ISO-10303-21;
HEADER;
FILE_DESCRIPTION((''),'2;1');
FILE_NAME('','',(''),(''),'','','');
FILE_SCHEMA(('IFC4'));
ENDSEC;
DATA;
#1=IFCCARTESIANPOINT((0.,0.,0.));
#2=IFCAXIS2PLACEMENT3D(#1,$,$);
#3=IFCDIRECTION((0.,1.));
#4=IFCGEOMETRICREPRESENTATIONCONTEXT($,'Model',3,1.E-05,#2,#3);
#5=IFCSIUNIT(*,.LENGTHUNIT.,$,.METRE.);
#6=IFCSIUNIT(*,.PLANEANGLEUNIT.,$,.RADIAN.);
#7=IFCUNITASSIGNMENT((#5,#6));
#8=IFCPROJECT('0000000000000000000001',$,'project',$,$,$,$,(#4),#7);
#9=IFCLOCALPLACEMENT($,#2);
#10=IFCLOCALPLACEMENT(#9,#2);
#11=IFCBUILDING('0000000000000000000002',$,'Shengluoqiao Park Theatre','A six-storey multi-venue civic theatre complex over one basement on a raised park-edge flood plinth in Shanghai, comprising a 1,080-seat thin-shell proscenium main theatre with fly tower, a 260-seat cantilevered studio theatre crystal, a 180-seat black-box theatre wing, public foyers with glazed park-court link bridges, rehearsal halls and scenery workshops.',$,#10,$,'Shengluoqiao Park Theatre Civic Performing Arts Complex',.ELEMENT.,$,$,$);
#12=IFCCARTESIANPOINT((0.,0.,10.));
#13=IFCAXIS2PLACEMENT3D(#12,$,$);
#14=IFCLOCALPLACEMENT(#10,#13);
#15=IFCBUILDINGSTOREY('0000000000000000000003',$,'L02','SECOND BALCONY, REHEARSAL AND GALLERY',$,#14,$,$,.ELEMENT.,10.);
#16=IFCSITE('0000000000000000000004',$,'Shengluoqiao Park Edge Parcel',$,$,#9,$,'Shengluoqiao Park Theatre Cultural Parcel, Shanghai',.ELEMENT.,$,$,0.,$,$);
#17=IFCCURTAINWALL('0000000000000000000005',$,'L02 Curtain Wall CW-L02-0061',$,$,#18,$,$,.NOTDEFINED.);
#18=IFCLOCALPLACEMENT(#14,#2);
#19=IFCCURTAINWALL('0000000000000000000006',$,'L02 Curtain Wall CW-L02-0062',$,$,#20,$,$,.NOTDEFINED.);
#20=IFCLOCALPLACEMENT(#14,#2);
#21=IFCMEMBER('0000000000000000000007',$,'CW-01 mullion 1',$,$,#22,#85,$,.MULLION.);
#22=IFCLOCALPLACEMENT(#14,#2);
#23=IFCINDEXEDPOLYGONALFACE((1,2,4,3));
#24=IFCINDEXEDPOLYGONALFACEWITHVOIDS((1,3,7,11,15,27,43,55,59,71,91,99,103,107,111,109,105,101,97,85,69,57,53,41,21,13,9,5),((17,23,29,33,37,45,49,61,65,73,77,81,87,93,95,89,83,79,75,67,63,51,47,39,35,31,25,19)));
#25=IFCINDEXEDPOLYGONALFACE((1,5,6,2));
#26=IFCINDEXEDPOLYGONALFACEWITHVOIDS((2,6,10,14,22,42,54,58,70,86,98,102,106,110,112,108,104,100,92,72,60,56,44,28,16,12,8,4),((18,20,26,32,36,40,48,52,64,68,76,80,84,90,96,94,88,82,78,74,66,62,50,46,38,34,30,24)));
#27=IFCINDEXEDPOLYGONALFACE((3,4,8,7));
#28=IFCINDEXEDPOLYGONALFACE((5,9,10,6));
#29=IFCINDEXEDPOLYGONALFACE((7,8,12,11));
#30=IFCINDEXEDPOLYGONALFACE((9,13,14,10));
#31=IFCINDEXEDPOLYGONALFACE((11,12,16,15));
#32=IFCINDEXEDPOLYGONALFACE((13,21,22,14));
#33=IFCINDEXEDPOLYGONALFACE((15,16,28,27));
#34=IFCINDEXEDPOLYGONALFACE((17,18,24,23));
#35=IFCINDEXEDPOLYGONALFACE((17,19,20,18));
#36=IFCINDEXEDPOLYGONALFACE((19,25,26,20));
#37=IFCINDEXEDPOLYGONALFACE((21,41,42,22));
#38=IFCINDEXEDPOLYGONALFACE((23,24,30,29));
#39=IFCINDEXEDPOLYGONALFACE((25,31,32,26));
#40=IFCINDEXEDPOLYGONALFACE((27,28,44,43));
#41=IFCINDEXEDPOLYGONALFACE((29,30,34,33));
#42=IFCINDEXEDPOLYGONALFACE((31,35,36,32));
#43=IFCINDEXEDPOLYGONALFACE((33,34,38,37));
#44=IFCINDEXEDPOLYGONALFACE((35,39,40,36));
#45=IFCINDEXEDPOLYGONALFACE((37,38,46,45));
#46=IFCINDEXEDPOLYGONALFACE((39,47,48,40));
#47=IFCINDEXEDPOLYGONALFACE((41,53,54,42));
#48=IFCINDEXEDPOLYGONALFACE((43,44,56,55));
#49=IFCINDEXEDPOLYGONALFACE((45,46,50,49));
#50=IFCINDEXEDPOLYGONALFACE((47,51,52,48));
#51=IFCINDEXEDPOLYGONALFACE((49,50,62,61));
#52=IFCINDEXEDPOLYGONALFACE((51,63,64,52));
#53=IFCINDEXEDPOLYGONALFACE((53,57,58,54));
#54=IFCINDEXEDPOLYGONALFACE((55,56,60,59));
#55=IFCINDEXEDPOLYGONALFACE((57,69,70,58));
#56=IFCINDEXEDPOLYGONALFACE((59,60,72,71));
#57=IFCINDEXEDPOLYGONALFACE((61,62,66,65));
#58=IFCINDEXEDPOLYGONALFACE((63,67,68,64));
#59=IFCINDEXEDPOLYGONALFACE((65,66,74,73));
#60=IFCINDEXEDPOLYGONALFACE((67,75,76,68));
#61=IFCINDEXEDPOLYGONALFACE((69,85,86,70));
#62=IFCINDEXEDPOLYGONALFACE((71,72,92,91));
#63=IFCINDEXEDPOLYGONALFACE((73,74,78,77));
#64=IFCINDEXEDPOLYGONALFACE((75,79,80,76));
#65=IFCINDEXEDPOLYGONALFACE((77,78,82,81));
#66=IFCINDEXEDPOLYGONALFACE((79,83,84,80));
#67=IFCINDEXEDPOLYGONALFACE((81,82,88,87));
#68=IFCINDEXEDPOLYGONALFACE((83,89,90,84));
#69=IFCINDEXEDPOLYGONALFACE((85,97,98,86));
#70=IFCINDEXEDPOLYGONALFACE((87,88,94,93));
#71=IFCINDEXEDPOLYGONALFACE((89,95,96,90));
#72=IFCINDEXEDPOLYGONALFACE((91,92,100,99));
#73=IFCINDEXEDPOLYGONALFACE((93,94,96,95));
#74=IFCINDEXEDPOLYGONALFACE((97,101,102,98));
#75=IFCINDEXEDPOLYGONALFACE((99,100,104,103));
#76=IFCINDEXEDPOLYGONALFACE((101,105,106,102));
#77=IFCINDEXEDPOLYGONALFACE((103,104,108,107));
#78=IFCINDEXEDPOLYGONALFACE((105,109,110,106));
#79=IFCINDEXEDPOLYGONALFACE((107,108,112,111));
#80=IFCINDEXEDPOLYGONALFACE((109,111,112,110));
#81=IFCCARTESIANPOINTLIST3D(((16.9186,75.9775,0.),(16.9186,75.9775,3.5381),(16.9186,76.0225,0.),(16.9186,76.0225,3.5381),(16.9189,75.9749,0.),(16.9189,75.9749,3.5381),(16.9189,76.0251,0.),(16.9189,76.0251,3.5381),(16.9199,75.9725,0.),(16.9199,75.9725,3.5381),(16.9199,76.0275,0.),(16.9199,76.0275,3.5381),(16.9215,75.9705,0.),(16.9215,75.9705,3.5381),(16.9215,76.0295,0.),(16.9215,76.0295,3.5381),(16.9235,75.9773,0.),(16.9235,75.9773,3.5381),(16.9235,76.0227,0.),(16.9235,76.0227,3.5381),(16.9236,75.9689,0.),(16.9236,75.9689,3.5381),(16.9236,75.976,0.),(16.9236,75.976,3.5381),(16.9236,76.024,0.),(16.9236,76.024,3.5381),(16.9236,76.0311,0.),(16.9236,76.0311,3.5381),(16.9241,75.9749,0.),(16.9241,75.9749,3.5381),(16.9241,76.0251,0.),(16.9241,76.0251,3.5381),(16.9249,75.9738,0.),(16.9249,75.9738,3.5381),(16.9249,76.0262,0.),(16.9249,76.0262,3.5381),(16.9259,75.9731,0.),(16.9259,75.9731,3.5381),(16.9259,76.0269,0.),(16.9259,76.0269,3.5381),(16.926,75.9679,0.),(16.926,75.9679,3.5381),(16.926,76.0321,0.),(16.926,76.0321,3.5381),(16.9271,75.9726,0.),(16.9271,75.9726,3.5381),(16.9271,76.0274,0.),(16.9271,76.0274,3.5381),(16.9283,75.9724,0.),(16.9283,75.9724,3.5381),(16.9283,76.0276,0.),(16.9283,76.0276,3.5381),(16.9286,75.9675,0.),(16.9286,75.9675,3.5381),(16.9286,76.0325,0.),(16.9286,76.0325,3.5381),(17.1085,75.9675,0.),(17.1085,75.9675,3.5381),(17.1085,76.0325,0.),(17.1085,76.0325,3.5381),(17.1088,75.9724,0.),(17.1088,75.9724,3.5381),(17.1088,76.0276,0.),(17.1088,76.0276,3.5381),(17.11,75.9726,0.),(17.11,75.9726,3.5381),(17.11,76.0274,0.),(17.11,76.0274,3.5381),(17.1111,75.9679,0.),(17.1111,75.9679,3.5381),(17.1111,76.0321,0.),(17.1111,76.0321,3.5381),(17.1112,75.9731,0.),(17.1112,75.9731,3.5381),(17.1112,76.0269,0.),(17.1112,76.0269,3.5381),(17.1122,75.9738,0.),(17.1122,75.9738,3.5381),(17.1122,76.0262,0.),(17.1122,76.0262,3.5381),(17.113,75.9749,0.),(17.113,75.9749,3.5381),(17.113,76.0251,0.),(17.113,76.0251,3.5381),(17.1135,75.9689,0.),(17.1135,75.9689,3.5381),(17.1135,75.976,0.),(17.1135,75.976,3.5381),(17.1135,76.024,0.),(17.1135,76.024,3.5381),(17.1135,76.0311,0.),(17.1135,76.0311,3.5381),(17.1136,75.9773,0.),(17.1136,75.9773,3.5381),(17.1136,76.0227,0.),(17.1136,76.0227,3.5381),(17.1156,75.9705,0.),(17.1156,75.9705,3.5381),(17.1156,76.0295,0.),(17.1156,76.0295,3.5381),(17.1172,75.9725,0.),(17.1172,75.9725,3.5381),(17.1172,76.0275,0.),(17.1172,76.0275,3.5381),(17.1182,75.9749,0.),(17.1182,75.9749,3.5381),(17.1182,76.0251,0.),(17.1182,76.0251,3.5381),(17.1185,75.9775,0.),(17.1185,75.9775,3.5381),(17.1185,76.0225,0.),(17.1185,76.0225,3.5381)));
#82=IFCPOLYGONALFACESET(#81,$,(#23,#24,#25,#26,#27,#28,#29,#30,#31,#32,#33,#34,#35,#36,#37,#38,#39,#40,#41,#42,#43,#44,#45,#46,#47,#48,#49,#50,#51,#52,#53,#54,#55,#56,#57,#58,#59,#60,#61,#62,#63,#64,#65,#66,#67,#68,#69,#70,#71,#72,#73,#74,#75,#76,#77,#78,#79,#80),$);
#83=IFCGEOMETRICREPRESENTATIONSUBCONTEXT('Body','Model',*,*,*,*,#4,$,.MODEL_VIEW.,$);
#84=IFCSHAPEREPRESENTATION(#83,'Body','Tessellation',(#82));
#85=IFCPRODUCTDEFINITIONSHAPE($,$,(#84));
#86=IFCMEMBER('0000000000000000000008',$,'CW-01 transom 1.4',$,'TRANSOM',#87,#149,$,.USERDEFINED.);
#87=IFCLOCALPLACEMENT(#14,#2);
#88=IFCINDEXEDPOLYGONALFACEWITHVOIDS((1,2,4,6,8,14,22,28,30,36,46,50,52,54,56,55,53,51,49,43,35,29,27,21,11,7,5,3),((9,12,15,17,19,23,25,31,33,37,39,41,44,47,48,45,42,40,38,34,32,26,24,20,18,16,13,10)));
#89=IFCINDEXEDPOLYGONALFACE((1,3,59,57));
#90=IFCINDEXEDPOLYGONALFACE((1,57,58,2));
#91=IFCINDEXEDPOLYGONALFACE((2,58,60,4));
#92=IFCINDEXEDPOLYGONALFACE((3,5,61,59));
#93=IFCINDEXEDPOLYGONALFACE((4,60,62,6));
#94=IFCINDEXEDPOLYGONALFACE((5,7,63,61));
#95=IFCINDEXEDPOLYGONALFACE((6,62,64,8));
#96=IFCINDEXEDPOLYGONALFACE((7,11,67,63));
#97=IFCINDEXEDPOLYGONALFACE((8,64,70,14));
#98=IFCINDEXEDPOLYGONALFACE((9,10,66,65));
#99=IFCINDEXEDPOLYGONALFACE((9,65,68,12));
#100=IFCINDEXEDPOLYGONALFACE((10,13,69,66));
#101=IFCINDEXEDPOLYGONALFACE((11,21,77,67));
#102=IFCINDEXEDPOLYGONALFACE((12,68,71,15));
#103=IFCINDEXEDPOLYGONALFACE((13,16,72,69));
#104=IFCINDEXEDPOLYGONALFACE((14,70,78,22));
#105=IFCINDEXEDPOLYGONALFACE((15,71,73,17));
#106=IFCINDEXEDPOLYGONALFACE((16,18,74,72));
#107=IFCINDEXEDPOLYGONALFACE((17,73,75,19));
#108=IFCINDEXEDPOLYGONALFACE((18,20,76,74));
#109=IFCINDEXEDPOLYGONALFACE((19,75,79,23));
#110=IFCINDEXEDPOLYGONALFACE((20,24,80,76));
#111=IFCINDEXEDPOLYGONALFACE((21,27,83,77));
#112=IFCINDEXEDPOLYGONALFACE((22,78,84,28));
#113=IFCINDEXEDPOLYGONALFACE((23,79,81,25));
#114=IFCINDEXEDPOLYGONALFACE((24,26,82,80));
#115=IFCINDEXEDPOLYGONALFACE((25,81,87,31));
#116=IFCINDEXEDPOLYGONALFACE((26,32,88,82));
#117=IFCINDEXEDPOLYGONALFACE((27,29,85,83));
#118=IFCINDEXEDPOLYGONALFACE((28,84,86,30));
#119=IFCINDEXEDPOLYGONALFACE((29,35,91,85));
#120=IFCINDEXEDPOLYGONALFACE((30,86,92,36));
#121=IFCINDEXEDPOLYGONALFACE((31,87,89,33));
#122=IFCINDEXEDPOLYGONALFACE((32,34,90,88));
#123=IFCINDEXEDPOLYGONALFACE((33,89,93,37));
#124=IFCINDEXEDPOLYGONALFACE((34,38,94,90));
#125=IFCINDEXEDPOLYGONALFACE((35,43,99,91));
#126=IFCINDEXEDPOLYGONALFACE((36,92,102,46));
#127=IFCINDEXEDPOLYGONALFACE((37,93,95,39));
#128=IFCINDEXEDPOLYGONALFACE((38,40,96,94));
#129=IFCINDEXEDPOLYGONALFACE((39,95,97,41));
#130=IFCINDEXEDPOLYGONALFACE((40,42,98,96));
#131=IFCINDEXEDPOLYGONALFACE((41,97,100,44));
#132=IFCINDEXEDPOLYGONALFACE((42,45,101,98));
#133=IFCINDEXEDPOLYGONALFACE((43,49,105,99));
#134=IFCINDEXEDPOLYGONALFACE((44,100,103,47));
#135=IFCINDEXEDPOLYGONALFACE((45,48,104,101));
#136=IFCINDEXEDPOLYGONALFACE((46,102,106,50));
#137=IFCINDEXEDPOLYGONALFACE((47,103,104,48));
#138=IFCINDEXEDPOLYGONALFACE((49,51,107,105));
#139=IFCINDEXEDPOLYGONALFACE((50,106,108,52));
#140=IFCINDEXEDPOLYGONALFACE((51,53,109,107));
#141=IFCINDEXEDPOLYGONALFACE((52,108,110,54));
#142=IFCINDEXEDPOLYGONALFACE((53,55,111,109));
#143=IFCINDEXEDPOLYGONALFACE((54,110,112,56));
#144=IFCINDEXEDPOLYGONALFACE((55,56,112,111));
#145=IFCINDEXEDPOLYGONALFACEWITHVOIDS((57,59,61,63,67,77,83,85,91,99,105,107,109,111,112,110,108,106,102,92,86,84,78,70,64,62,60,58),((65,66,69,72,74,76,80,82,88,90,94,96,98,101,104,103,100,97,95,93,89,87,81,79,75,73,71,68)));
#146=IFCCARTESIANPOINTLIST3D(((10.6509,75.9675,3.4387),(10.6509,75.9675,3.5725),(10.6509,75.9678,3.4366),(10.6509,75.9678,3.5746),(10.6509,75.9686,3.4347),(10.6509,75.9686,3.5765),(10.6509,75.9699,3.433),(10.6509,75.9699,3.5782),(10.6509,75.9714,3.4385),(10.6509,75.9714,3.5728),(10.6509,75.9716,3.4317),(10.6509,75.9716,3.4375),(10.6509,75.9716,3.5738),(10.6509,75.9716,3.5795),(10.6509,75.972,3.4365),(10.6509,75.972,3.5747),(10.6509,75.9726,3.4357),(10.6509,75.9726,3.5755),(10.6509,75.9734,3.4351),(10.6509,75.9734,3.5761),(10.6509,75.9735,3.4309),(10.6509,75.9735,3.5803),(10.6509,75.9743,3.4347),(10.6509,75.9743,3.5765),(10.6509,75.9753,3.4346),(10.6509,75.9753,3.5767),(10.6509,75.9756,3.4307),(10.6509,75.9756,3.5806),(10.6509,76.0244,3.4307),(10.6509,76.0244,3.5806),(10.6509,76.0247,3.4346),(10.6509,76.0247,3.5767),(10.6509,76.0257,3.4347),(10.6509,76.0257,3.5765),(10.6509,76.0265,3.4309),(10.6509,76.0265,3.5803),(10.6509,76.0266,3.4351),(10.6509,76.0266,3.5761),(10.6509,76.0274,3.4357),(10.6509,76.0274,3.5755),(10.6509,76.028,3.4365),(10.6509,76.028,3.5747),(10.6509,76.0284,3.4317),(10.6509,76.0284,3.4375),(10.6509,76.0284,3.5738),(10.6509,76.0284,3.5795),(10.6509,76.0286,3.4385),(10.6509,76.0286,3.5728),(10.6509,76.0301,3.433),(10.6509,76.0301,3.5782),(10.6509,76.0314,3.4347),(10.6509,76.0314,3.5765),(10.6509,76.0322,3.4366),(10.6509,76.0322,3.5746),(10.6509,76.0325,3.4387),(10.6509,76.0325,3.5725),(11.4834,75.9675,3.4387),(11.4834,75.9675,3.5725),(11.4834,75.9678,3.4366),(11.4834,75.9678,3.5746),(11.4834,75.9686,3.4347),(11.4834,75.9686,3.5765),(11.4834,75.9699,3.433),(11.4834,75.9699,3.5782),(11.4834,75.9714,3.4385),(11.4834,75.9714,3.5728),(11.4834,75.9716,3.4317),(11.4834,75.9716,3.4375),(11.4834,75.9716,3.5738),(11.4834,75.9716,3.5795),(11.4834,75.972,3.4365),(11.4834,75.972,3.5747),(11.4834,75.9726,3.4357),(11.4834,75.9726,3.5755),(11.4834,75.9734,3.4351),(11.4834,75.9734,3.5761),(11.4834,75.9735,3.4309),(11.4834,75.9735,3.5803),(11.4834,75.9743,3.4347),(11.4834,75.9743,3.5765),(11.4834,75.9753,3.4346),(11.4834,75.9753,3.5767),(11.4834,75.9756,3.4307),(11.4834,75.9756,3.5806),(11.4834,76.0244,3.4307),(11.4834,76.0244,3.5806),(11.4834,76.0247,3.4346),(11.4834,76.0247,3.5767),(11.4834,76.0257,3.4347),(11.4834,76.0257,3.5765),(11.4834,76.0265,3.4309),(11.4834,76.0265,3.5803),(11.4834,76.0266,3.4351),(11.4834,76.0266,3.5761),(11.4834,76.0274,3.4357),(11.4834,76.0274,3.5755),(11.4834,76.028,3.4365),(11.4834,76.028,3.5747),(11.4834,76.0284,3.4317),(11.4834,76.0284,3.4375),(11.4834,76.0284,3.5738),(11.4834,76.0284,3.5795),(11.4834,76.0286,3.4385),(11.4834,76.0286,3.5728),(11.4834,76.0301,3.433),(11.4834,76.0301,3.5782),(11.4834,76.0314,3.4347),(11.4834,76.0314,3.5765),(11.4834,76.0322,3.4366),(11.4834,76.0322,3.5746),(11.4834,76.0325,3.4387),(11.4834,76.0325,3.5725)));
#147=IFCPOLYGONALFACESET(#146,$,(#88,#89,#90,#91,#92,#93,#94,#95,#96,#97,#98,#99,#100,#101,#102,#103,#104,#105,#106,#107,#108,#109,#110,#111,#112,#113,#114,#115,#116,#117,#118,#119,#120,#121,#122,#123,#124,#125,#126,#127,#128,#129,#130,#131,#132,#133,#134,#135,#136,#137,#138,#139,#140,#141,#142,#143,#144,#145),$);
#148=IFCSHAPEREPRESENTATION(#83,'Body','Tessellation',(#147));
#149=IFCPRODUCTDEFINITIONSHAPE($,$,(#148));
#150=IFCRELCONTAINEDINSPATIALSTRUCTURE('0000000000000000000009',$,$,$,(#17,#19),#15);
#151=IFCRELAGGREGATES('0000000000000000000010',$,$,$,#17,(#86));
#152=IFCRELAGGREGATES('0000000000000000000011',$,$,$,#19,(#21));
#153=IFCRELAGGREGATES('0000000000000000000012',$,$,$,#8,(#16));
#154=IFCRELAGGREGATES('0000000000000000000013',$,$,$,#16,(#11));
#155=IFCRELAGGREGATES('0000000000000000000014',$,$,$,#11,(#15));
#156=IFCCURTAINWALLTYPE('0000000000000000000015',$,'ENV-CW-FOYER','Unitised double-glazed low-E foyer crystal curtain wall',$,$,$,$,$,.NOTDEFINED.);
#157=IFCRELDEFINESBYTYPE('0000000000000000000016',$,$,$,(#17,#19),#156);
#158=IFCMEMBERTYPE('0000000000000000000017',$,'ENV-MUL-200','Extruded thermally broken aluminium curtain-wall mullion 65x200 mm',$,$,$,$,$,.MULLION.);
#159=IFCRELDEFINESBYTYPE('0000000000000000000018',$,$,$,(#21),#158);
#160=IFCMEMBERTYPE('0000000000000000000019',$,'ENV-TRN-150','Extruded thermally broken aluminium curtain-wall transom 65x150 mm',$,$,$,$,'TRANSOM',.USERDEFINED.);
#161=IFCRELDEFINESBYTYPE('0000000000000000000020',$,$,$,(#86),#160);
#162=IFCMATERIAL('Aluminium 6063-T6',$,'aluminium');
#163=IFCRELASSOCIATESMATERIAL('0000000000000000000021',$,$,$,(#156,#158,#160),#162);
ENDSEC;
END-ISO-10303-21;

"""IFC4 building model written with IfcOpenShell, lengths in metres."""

from ifc_helpers import new_model, si_unit, direction, frame, origin, origin_2d, place, context, subcontext, project, spatial, hollow_rectangle, extrude, material, material_profile, profile_set, type_object, element, aggregate, save


model = new_model("IFC4")

# Units and contexts
model_context = context("Model", 3, precision=1e-05, world=origin(), true_north=direction((0.0, 1.0)))
body_context = subcontext(model_context, "Body", "Model", "MODEL_VIEW")
ifc_project = project(units=[si_unit("LENGTHUNIT", "METRE"), si_unit("PLANEANGLEUNIT", "RADIAN")], contexts=[model_context])

# Site, building, storey
site_placement = place(None, origin())
site = spatial("IfcSite", under=ifc_project, at=site_placement, Name="Shengluoqiao Park Edge Parcel", LongName="Shengluoqiao Park Theatre Cultural Parcel, Shanghai", CompositionType="ELEMENT", RefElevation=0.0)
building_placement = place(site_placement, origin())
building = spatial("IfcBuilding", under=site, at=building_placement, Name="Shengluoqiao Park Theatre", Description="A six-storey multi-venue civic theatre complex over one basement on a raised park-edge flood plinth in Shanghai, comprising a 1,080-seat thin-shell proscenium main theatre with fly tower, a 260-seat cantilevered studio theatre crystal, a 180-seat black-box theatre wing, public foyers with glazed park-court link bridges, rehearsal halls and scenery workshops.", LongName="Shengluoqiao Park Theatre Civic Performing Arts Complex", CompositionType="ELEMENT")
storey_placement = place(building_placement, frame((0.0, 0.0, 10.0)))
storey = spatial("IfcBuildingStorey", under=building, at=storey_placement, Name="L02", Description="SECOND BALCONY, REHEARSAL AND GALLERY", CompositionType="ELEMENT", Elevation=10.0)

# Curtain wall
ifc_material_1 = material(Name="Aluminium 6063-T6", Category="aluminium")
curtain_wall_type = type_object("IfcCurtainWallType", Name="ENV-CW-FOYER", Description="Unitised double-glazed low-E foyer crystal curtain wall", PredefinedType="NOTDEFINED", material=ifc_material_1)
curtain_wall_1_placement = place(storey_placement, origin())
curtain_wall_1 = element("IfcCurtainWall", 1, at=curtain_wall_1_placement, inside=storey, type_object=curtain_wall_type, Name="L02 Curtain Wall CW-L02-0061", PredefinedType="NOTDEFINED")
ifc_material_profile_1 = material_profile(ifc_material_1, hollow_rectangle(XDim=0.0649, YDim=0.2, WallThickness=0.0049, InnerFilletRadius=0.0049, OuterFilletRadius=0.01, at=origin_2d()), Name="ALU MULLION 200x65x5")
ifc_profile_set_1 = profile_set([ifc_material_profile_1], Name="Aluminium 6063-T6")
member_type_1 = type_object("IfcMemberType", Name="ENV-MUL-200", Description="Extruded thermally broken aluminium curtain-wall mullion 65x200 mm", PredefinedType="MULLION", material=ifc_profile_set_1)

# Curtain wall, member
curtain_wall_2_placement = place(storey_placement, origin())
curtain_wall_2 = element("IfcCurtainWall", 2, at=curtain_wall_2_placement, inside=storey, type_object=curtain_wall_type, Name="L02 Curtain Wall CW-L02-0062", PredefinedType="NOTDEFINED")
member_1_placement = place(storey_placement, frame((17.0186, 76.0, 0.0), z_axis=(0.0, 0.0, 1.0), x_axis=(0.0, 1.0, 0.0)))
member_1 = element("IfcMember", 3, at=member_1_placement, type_object=member_type_1, Name="CW-01 mullion 1", PredefinedType="MULLION", context=body_context, shape_type="SweptSolid", body=[
    extrude(hollow_rectangle(XDim=0.0649, YDim=0.2, WallThickness=0.0049, InnerFilletRadius=0.0049, OuterFilletRadius=0.01, at=origin_2d()), origin(), (0.0, 0.0, 1.0), 3.5381),
])

# Member
ifc_material_profile_2 = material_profile(ifc_material_1, hollow_rectangle(XDim=0.0649, YDim=0.1499, WallThickness=0.0039, InnerFilletRadius=0.0039, OuterFilletRadius=0.0081, at=origin_2d()), Name="ALU TRANSOM 150x65x4")
ifc_profile_set_2 = profile_set([ifc_material_profile_2], Name="Aluminium 6063-T6")
member_type_2 = type_object("IfcMemberType", Name="ENV-TRN-150", Description="Extruded thermally broken aluminium curtain-wall transom 65x150 mm", ElementType="TRANSOM", PredefinedType="USERDEFINED", material=ifc_profile_set_2)
member_2_placement = place(storey_placement, frame((10.6509, 76.0, 3.5056), z_axis=(1.0, 0.0, 0.0), x_axis=(0.0, 1.0, 0.0)))
member_2 = element("IfcMember", 4, at=member_2_placement, type_object=member_type_2, Name="CW-01 transom 1.4", ObjectType="TRANSOM", PredefinedType="USERDEFINED", context=body_context, shape_type="SweptSolid", body=[
    extrude(hollow_rectangle(XDim=0.0649, YDim=0.1499, WallThickness=0.0039, InnerFilletRadius=0.0039, OuterFilletRadius=0.0081, at=origin_2d()), origin(), (0.0, 0.0, 1.0), 0.8325),
])

aggregate(curtain_wall_1, [member_2])
aggregate(curtain_wall_2, [member_1])

save(model, "model.ifc")
